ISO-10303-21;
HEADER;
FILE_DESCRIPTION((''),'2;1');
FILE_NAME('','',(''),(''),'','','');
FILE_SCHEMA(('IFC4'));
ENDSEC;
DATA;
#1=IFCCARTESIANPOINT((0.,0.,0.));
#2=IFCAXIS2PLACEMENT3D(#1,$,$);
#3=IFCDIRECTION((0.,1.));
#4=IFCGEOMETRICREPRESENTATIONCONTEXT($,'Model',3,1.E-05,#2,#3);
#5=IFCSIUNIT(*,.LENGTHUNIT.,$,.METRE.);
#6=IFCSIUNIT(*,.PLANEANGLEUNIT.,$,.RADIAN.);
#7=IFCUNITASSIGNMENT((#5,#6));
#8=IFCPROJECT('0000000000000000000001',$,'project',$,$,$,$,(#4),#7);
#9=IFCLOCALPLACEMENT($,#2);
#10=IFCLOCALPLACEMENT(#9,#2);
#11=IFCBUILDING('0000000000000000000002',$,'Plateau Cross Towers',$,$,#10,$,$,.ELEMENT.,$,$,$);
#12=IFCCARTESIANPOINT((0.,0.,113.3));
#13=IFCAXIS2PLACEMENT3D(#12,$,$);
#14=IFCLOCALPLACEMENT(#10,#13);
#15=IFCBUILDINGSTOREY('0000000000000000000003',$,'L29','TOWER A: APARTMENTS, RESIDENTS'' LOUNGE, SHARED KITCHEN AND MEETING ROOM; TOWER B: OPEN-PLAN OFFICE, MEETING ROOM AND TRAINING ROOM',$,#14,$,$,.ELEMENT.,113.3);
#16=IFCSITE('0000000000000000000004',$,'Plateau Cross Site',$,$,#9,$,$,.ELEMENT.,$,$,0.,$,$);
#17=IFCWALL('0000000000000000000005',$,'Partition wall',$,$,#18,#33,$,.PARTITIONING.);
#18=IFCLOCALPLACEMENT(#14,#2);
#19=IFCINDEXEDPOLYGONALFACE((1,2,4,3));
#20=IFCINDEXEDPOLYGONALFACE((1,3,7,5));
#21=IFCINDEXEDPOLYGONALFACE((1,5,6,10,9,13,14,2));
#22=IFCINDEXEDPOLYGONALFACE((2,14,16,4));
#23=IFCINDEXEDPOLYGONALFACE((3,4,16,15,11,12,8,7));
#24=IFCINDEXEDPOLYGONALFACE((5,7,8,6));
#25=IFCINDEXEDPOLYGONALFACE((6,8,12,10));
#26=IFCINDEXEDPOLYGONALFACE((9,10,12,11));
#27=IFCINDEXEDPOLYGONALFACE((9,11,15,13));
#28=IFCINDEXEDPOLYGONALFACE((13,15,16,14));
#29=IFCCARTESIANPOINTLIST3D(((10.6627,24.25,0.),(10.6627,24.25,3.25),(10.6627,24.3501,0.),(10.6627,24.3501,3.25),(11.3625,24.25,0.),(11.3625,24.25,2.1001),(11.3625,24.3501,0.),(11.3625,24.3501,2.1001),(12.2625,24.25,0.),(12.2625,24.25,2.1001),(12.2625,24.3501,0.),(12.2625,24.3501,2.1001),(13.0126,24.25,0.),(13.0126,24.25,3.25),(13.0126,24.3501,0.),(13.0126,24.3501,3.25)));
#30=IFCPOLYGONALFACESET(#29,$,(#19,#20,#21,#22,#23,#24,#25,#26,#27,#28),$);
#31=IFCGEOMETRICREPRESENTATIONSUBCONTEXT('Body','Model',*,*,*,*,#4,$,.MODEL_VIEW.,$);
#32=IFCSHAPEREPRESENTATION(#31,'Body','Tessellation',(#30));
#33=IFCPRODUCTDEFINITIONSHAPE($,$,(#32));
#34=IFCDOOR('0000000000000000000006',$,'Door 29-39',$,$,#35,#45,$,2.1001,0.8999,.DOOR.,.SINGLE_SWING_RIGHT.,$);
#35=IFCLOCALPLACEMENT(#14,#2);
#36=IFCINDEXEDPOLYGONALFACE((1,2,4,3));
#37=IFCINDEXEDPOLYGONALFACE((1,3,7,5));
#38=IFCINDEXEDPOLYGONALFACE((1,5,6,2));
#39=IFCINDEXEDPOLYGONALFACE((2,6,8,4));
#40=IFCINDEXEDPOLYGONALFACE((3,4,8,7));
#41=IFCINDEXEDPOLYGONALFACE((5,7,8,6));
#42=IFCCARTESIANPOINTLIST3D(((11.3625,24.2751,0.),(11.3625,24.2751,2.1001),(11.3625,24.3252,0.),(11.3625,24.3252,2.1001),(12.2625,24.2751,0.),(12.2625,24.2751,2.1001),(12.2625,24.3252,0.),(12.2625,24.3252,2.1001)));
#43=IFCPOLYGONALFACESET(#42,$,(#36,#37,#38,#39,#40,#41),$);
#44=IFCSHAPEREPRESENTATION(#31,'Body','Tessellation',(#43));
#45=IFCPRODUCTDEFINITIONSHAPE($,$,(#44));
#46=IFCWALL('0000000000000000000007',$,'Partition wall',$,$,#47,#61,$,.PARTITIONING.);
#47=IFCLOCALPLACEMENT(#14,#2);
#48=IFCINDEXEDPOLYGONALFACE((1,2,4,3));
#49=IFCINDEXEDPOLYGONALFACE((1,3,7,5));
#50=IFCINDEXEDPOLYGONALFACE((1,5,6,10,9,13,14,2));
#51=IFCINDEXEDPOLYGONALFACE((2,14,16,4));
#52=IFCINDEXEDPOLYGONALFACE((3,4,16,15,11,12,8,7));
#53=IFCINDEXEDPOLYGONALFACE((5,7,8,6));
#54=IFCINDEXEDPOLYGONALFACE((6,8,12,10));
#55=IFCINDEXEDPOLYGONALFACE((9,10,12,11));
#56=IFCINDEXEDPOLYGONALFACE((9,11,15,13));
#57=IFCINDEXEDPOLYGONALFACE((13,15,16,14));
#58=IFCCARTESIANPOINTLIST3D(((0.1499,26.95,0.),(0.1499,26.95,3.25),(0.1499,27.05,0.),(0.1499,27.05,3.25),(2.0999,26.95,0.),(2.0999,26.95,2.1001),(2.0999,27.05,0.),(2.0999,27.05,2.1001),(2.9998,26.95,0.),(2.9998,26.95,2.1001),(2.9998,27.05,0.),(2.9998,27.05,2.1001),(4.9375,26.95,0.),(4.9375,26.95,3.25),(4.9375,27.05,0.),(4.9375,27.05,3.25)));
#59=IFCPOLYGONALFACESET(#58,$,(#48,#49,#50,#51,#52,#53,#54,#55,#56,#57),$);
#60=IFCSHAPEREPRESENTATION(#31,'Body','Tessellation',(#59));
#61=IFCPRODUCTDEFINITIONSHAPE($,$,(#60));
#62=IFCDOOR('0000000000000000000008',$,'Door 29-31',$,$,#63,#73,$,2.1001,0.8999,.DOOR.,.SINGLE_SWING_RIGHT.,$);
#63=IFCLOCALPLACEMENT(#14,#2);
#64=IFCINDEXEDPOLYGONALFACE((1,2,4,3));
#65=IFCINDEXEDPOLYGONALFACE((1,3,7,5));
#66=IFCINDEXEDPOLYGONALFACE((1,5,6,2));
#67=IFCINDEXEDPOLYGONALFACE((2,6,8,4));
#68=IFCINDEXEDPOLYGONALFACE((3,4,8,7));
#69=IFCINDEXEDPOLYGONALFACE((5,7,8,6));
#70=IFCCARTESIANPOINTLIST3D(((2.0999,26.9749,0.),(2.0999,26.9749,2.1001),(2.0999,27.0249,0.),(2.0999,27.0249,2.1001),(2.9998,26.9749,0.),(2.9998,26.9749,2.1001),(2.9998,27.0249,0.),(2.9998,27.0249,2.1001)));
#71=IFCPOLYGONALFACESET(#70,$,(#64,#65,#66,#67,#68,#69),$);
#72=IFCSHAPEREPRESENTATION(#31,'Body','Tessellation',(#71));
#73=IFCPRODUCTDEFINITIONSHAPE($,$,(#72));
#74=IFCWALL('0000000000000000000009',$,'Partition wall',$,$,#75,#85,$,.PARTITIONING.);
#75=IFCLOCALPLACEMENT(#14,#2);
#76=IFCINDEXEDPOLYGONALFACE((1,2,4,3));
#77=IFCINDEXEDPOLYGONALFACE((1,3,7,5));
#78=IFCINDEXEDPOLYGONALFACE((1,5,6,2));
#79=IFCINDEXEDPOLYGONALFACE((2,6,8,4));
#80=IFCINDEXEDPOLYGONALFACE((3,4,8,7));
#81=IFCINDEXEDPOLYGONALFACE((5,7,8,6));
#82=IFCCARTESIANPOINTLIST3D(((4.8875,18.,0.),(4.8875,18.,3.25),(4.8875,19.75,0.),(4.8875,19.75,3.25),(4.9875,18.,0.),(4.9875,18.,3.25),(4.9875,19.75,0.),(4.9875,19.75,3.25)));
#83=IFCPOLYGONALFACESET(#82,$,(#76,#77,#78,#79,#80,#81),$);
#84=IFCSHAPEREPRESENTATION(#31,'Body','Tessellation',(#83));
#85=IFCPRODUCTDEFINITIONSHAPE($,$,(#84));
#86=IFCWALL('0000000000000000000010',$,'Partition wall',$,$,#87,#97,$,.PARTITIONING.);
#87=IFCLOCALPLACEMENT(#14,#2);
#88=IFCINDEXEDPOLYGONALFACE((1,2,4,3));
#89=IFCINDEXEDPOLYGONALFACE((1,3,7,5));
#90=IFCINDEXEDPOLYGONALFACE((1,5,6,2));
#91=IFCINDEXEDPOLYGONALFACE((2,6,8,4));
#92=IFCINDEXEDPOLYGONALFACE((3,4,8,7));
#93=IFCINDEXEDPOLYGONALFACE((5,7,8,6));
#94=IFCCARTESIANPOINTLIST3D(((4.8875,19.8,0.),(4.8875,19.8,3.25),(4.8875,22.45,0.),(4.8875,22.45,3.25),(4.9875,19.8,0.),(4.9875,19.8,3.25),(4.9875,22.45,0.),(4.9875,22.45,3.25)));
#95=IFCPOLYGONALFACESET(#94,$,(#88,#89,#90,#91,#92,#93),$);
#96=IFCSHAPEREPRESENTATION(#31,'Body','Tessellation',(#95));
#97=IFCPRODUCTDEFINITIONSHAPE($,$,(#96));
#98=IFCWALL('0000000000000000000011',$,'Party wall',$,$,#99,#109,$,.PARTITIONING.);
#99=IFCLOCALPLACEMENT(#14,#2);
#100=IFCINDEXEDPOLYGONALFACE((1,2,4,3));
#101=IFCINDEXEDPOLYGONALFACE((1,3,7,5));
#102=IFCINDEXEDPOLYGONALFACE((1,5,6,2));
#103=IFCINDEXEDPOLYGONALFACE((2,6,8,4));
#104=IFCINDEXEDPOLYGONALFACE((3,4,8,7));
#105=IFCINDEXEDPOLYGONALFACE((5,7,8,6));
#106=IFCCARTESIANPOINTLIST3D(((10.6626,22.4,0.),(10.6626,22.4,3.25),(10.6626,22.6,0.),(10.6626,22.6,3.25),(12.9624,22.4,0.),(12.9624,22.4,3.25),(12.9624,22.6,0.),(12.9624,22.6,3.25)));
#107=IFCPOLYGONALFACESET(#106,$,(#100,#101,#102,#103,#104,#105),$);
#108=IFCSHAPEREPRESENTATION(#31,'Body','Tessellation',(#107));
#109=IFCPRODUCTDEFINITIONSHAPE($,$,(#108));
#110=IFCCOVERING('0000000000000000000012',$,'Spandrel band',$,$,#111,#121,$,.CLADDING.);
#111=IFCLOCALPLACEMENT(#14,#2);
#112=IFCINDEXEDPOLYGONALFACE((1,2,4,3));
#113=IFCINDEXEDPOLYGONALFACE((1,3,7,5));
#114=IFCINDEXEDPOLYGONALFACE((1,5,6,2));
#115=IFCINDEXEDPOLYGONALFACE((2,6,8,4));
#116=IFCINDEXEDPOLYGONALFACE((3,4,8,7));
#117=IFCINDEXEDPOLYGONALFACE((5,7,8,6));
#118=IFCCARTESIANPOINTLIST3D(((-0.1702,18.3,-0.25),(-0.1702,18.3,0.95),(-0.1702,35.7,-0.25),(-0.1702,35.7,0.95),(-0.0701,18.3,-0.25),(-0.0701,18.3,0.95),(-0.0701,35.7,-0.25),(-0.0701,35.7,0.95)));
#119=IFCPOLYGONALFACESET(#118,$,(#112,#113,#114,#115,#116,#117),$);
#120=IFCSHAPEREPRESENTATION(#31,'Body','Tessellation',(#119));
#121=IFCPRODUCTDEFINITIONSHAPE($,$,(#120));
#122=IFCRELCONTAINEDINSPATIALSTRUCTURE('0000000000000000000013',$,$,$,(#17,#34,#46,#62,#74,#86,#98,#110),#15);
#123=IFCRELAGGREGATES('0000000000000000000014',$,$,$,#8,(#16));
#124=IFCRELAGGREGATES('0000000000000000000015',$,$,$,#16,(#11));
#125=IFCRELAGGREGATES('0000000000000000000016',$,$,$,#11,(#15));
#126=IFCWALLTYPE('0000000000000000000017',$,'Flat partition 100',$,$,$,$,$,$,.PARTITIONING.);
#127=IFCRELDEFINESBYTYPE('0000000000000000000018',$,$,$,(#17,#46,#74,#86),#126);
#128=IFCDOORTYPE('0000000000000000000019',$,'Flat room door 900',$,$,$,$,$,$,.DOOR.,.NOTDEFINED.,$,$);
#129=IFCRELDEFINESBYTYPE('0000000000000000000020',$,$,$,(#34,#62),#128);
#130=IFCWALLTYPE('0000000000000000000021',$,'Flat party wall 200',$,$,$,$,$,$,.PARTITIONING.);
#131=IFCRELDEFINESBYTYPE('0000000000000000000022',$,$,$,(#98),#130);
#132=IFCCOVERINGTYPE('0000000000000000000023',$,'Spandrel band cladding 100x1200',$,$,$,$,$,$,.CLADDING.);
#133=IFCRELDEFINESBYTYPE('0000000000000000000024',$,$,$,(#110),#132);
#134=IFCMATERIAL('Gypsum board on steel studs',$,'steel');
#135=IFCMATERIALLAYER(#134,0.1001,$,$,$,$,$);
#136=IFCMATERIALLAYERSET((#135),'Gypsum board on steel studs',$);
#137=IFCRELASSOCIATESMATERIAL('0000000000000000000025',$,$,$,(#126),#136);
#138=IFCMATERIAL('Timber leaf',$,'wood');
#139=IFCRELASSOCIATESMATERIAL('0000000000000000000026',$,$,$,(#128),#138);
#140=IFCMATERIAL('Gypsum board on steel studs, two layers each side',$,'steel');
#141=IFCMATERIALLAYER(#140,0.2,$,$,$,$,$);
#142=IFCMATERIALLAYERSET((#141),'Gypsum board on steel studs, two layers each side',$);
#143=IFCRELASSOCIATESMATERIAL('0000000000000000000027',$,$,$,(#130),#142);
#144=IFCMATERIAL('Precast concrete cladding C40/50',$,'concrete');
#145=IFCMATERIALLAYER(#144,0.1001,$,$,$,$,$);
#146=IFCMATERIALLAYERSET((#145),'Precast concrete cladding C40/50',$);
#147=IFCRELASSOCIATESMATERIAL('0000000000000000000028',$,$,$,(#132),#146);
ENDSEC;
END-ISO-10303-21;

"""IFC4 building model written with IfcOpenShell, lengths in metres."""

from ifc_helpers import new_model, si_unit, direction, frame, frame_2d, origin, origin_2d, place, context, subcontext, project, spatial, rectangle, extrude, material, layer, layer_set, type_object, element, fill, save


model = new_model("IFC4")

# Units and contexts
model_context = context("Model", 3, precision=1e-05, world=origin(), true_north=direction((0.0, 1.0)))
body_context = subcontext(model_context, "Body", "Model", "MODEL_VIEW")
ifc_project = project(units=[si_unit("LENGTHUNIT", "METRE"), si_unit("PLANEANGLEUNIT", "RADIAN")], contexts=[model_context])

# Site, building, storey
site_placement = place(None, origin())
site = spatial("IfcSite", under=ifc_project, at=site_placement, Name="Plateau Cross Site", CompositionType="ELEMENT", RefElevation=0.0)
building_placement = place(site_placement, origin())
building = spatial("IfcBuilding", under=site, at=building_placement, Name="Plateau Cross Towers", CompositionType="ELEMENT")
storey_placement = place(building_placement, frame((0.0, 0.0, 113.3)))
storey = spatial("IfcBuildingStorey", under=building, at=storey_placement, Name="L29", Description="TOWER A: APARTMENTS, RESIDENTS' LOUNGE, SHARED KITCHEN AND MEETING ROOM; TOWER B: OPEN-PLAN OFFICE, MEETING ROOM AND TRAINING ROOM", CompositionType="ELEMENT", Elevation=113.3)

# Walls, openings, doors
ifc_material_1 = material(Name="Gypsum board on steel studs", Category="steel")
ifc_layer_1 = layer(ifc_material_1, 0.1001)
ifc_layer_set_1 = layer_set([ifc_layer_1], Name="Gypsum board on steel studs")
wall_type_1 = type_object("IfcWallType", Name="Flat partition 100", PredefinedType="PARTITIONING", material=ifc_layer_set_1)
ifc_material_2 = material(Name="Timber leaf", Category="wood")
door_type_1 = type_object("IfcDoorType", Name="Flat room door 900", OperationType="NOTDEFINED", PredefinedType="DOOR", material=ifc_material_2)
wall_1_placement = place(storey_placement, frame((13.0125, 24.3, 0.0), z_axis=(0.0, 0.0, 1.0), x_axis=(-1.0, 0.0, 0.0)))
wall_1 = element("IfcWall", 1, at=wall_1_placement, inside=storey, type_object=wall_type_1, Name="Partition wall", PredefinedType="PARTITIONING", context=body_context, shape_type="SweptSolid", body=[
    extrude(rectangle(XDim=2.3499, YDim=0.1001, at=frame_2d((1.1748, 0.0))), origin(), (0.0, 0.0, 1.0), 3.25),
])
opening_1_placement = place(wall_1_placement, frame((0.75, 0.0, 0.0)))
opening_1 = element("IfcOpeningElement", 2, at=opening_1_placement, cuts=wall_1, PredefinedType="OPENING", context=body_context, shape_type="SweptSolid", body=[
    extrude(rectangle(XDim=0.8999, YDim=2.1001, at=frame_2d((0.45, 1.05))), frame((0.0, 0.0601, 0.0), z_axis=(0.0, -1.0, 0.0), x_axis=(1.0, 0.0, 0.0)), (0.0, 0.0, 1.0), 0.1201),
])
door_1_placement = place(opening_1_placement, origin())
door_1 = element("IfcDoor", 3, at=door_1_placement, inside=storey, type_object=door_type_1, Name="Door 29-39", OperationType="SINGLE_SWING_RIGHT", OverallHeight=2.1001, OverallWidth=0.8999, PredefinedType="DOOR", context=body_context, shape_type="SweptSolid", body=[
    extrude(rectangle(XDim=0.8999, YDim=2.1001, at=frame_2d((0.45, 1.05))), frame((0.0, 0.0249, 0.0), z_axis=(0.0, -1.0, 0.0), x_axis=(1.0, 0.0, 0.0)), (0.0, 0.0, 1.0), 0.05),
])
fill(opening_1, door_1)
wall_2_placement = place(storey_placement, frame((0.1499, 27.0, 0.0), z_axis=(0.0, 0.0, 1.0), x_axis=(1.0, 0.0, 0.0)))
wall_2 = element("IfcWall", 4, at=wall_2_placement, inside=storey, type_object=wall_type_1, Name="Partition wall", PredefinedType="PARTITIONING", context=body_context, shape_type="SweptSolid", body=[
    extrude(rectangle(XDim=4.7876, YDim=0.1001, at=frame_2d((2.3938, 0.0))), origin(), (0.0, 0.0, 1.0), 3.25),
])
opening_2_placement = place(wall_2_placement, frame((1.95, 0.0, 0.0)))
opening_2 = element("IfcOpeningElement", 5, at=opening_2_placement, cuts=wall_2, PredefinedType="OPENING", context=body_context, shape_type="SweptSolid", body=[
    extrude(rectangle(XDim=0.8999, YDim=2.1001, at=frame_2d((0.45, 1.05))), frame((0.0, 0.0601, 0.0), z_axis=(0.0, -1.0, 0.0), x_axis=(1.0, 0.0, 0.0)), (0.0, 0.0, 1.0), 0.1201),
])
door_2_placement = place(opening_2_placement, origin())
door_2 = element("IfcDoor", 6, at=door_2_placement, inside=storey, type_object=door_type_1, Name="Door 29-31", OperationType="SINGLE_SWING_RIGHT", OverallHeight=2.1001, OverallWidth=0.8999, PredefinedType="DOOR", context=body_context, shape_type="SweptSolid", body=[
    extrude(rectangle(XDim=0.8999, YDim=2.1001, at=frame_2d((0.45, 1.05))), frame((0.0, 0.0249, 0.0), z_axis=(0.0, -1.0, 0.0), x_axis=(1.0, 0.0, 0.0)), (0.0, 0.0, 1.0), 0.05),
])
fill(opening_2, door_2)

# Walls
wall_3_placement = place(storey_placement, frame((4.9375, 19.75, 0.0), z_axis=(0.0, 0.0, 1.0), x_axis=(0.0, -1.0, 0.0)))
element("IfcWall", 7, at=wall_3_placement, inside=storey, type_object=wall_type_1, Name="Partition wall", PredefinedType="PARTITIONING", context=body_context, shape_type="SweptSolid", body=[
    extrude(rectangle(XDim=1.75, YDim=0.1001, at=frame_2d((0.875, 0.0))), origin(), (0.0, 0.0, 1.0), 3.25),
])
wall_4_placement = place(storey_placement, frame((4.9375, 19.8, 0.0), z_axis=(0.0, 0.0, 1.0), x_axis=(0.0, 1.0, 0.0)))
element("IfcWall", 8, at=wall_4_placement, inside=storey, type_object=wall_type_1, Name="Partition wall", PredefinedType="PARTITIONING", context=body_context, shape_type="SweptSolid", body=[
    extrude(rectangle(XDim=2.6499, YDim=0.1001, at=frame_2d((1.325, 0.0))), origin(), (0.0, 0.0, 1.0), 3.25),
])
ifc_material_3 = material(Name="Gypsum board on steel studs, two layers each side", Category="steel")
ifc_layer_2 = layer(ifc_material_3, 0.2)
ifc_layer_set_2 = layer_set([ifc_layer_2], Name="Gypsum board on steel studs, two layers each side")
wall_type_2 = type_object("IfcWallType", Name="Flat party wall 200", PredefinedType="PARTITIONING", material=ifc_layer_set_2)
wall_5_placement = place(storey_placement, frame((12.9624, 22.5, 0.0), z_axis=(0.0, 0.0, 1.0), x_axis=(-1.0, 0.0, 0.0)))
element("IfcWall", 9, at=wall_5_placement, inside=storey, type_object=wall_type_2, Name="Party wall", PredefinedType="PARTITIONING", context=body_context, shape_type="SweptSolid", body=[
    extrude(rectangle(XDim=2.2998, YDim=0.2, at=frame_2d((1.1499, 0.0))), origin(), (0.0, 0.0, 1.0), 3.25),
])

# Covering
ifc_material_4 = material(Name="Precast concrete cladding C40/50", Category="concrete")
ifc_layer_3 = layer(ifc_material_4, 0.1001)
ifc_layer_set_3 = layer_set([ifc_layer_3], Name="Precast concrete cladding C40/50")
covering_type = type_object("IfcCoveringType", Name="Spandrel band cladding 100x1200", PredefinedType="CLADDING", material=ifc_layer_set_3)
covering_placement = place(storey_placement, frame((-0.1201, 27.0, -0.25), z_axis=(0.0, 0.0, 1.0), x_axis=(0.0, -1.0, 0.0)))
element("IfcCovering", 10, at=covering_placement, inside=storey, type_object=covering_type, Name="Spandrel band", PredefinedType="CLADDING", context=body_context, shape_type="SweptSolid", body=[
    extrude(rectangle(XDim=17.3999, YDim=0.1001, at=origin_2d()), origin(), (0.0, 0.0, 1.0), 1.2),
])

save(model, "model.ifc")
